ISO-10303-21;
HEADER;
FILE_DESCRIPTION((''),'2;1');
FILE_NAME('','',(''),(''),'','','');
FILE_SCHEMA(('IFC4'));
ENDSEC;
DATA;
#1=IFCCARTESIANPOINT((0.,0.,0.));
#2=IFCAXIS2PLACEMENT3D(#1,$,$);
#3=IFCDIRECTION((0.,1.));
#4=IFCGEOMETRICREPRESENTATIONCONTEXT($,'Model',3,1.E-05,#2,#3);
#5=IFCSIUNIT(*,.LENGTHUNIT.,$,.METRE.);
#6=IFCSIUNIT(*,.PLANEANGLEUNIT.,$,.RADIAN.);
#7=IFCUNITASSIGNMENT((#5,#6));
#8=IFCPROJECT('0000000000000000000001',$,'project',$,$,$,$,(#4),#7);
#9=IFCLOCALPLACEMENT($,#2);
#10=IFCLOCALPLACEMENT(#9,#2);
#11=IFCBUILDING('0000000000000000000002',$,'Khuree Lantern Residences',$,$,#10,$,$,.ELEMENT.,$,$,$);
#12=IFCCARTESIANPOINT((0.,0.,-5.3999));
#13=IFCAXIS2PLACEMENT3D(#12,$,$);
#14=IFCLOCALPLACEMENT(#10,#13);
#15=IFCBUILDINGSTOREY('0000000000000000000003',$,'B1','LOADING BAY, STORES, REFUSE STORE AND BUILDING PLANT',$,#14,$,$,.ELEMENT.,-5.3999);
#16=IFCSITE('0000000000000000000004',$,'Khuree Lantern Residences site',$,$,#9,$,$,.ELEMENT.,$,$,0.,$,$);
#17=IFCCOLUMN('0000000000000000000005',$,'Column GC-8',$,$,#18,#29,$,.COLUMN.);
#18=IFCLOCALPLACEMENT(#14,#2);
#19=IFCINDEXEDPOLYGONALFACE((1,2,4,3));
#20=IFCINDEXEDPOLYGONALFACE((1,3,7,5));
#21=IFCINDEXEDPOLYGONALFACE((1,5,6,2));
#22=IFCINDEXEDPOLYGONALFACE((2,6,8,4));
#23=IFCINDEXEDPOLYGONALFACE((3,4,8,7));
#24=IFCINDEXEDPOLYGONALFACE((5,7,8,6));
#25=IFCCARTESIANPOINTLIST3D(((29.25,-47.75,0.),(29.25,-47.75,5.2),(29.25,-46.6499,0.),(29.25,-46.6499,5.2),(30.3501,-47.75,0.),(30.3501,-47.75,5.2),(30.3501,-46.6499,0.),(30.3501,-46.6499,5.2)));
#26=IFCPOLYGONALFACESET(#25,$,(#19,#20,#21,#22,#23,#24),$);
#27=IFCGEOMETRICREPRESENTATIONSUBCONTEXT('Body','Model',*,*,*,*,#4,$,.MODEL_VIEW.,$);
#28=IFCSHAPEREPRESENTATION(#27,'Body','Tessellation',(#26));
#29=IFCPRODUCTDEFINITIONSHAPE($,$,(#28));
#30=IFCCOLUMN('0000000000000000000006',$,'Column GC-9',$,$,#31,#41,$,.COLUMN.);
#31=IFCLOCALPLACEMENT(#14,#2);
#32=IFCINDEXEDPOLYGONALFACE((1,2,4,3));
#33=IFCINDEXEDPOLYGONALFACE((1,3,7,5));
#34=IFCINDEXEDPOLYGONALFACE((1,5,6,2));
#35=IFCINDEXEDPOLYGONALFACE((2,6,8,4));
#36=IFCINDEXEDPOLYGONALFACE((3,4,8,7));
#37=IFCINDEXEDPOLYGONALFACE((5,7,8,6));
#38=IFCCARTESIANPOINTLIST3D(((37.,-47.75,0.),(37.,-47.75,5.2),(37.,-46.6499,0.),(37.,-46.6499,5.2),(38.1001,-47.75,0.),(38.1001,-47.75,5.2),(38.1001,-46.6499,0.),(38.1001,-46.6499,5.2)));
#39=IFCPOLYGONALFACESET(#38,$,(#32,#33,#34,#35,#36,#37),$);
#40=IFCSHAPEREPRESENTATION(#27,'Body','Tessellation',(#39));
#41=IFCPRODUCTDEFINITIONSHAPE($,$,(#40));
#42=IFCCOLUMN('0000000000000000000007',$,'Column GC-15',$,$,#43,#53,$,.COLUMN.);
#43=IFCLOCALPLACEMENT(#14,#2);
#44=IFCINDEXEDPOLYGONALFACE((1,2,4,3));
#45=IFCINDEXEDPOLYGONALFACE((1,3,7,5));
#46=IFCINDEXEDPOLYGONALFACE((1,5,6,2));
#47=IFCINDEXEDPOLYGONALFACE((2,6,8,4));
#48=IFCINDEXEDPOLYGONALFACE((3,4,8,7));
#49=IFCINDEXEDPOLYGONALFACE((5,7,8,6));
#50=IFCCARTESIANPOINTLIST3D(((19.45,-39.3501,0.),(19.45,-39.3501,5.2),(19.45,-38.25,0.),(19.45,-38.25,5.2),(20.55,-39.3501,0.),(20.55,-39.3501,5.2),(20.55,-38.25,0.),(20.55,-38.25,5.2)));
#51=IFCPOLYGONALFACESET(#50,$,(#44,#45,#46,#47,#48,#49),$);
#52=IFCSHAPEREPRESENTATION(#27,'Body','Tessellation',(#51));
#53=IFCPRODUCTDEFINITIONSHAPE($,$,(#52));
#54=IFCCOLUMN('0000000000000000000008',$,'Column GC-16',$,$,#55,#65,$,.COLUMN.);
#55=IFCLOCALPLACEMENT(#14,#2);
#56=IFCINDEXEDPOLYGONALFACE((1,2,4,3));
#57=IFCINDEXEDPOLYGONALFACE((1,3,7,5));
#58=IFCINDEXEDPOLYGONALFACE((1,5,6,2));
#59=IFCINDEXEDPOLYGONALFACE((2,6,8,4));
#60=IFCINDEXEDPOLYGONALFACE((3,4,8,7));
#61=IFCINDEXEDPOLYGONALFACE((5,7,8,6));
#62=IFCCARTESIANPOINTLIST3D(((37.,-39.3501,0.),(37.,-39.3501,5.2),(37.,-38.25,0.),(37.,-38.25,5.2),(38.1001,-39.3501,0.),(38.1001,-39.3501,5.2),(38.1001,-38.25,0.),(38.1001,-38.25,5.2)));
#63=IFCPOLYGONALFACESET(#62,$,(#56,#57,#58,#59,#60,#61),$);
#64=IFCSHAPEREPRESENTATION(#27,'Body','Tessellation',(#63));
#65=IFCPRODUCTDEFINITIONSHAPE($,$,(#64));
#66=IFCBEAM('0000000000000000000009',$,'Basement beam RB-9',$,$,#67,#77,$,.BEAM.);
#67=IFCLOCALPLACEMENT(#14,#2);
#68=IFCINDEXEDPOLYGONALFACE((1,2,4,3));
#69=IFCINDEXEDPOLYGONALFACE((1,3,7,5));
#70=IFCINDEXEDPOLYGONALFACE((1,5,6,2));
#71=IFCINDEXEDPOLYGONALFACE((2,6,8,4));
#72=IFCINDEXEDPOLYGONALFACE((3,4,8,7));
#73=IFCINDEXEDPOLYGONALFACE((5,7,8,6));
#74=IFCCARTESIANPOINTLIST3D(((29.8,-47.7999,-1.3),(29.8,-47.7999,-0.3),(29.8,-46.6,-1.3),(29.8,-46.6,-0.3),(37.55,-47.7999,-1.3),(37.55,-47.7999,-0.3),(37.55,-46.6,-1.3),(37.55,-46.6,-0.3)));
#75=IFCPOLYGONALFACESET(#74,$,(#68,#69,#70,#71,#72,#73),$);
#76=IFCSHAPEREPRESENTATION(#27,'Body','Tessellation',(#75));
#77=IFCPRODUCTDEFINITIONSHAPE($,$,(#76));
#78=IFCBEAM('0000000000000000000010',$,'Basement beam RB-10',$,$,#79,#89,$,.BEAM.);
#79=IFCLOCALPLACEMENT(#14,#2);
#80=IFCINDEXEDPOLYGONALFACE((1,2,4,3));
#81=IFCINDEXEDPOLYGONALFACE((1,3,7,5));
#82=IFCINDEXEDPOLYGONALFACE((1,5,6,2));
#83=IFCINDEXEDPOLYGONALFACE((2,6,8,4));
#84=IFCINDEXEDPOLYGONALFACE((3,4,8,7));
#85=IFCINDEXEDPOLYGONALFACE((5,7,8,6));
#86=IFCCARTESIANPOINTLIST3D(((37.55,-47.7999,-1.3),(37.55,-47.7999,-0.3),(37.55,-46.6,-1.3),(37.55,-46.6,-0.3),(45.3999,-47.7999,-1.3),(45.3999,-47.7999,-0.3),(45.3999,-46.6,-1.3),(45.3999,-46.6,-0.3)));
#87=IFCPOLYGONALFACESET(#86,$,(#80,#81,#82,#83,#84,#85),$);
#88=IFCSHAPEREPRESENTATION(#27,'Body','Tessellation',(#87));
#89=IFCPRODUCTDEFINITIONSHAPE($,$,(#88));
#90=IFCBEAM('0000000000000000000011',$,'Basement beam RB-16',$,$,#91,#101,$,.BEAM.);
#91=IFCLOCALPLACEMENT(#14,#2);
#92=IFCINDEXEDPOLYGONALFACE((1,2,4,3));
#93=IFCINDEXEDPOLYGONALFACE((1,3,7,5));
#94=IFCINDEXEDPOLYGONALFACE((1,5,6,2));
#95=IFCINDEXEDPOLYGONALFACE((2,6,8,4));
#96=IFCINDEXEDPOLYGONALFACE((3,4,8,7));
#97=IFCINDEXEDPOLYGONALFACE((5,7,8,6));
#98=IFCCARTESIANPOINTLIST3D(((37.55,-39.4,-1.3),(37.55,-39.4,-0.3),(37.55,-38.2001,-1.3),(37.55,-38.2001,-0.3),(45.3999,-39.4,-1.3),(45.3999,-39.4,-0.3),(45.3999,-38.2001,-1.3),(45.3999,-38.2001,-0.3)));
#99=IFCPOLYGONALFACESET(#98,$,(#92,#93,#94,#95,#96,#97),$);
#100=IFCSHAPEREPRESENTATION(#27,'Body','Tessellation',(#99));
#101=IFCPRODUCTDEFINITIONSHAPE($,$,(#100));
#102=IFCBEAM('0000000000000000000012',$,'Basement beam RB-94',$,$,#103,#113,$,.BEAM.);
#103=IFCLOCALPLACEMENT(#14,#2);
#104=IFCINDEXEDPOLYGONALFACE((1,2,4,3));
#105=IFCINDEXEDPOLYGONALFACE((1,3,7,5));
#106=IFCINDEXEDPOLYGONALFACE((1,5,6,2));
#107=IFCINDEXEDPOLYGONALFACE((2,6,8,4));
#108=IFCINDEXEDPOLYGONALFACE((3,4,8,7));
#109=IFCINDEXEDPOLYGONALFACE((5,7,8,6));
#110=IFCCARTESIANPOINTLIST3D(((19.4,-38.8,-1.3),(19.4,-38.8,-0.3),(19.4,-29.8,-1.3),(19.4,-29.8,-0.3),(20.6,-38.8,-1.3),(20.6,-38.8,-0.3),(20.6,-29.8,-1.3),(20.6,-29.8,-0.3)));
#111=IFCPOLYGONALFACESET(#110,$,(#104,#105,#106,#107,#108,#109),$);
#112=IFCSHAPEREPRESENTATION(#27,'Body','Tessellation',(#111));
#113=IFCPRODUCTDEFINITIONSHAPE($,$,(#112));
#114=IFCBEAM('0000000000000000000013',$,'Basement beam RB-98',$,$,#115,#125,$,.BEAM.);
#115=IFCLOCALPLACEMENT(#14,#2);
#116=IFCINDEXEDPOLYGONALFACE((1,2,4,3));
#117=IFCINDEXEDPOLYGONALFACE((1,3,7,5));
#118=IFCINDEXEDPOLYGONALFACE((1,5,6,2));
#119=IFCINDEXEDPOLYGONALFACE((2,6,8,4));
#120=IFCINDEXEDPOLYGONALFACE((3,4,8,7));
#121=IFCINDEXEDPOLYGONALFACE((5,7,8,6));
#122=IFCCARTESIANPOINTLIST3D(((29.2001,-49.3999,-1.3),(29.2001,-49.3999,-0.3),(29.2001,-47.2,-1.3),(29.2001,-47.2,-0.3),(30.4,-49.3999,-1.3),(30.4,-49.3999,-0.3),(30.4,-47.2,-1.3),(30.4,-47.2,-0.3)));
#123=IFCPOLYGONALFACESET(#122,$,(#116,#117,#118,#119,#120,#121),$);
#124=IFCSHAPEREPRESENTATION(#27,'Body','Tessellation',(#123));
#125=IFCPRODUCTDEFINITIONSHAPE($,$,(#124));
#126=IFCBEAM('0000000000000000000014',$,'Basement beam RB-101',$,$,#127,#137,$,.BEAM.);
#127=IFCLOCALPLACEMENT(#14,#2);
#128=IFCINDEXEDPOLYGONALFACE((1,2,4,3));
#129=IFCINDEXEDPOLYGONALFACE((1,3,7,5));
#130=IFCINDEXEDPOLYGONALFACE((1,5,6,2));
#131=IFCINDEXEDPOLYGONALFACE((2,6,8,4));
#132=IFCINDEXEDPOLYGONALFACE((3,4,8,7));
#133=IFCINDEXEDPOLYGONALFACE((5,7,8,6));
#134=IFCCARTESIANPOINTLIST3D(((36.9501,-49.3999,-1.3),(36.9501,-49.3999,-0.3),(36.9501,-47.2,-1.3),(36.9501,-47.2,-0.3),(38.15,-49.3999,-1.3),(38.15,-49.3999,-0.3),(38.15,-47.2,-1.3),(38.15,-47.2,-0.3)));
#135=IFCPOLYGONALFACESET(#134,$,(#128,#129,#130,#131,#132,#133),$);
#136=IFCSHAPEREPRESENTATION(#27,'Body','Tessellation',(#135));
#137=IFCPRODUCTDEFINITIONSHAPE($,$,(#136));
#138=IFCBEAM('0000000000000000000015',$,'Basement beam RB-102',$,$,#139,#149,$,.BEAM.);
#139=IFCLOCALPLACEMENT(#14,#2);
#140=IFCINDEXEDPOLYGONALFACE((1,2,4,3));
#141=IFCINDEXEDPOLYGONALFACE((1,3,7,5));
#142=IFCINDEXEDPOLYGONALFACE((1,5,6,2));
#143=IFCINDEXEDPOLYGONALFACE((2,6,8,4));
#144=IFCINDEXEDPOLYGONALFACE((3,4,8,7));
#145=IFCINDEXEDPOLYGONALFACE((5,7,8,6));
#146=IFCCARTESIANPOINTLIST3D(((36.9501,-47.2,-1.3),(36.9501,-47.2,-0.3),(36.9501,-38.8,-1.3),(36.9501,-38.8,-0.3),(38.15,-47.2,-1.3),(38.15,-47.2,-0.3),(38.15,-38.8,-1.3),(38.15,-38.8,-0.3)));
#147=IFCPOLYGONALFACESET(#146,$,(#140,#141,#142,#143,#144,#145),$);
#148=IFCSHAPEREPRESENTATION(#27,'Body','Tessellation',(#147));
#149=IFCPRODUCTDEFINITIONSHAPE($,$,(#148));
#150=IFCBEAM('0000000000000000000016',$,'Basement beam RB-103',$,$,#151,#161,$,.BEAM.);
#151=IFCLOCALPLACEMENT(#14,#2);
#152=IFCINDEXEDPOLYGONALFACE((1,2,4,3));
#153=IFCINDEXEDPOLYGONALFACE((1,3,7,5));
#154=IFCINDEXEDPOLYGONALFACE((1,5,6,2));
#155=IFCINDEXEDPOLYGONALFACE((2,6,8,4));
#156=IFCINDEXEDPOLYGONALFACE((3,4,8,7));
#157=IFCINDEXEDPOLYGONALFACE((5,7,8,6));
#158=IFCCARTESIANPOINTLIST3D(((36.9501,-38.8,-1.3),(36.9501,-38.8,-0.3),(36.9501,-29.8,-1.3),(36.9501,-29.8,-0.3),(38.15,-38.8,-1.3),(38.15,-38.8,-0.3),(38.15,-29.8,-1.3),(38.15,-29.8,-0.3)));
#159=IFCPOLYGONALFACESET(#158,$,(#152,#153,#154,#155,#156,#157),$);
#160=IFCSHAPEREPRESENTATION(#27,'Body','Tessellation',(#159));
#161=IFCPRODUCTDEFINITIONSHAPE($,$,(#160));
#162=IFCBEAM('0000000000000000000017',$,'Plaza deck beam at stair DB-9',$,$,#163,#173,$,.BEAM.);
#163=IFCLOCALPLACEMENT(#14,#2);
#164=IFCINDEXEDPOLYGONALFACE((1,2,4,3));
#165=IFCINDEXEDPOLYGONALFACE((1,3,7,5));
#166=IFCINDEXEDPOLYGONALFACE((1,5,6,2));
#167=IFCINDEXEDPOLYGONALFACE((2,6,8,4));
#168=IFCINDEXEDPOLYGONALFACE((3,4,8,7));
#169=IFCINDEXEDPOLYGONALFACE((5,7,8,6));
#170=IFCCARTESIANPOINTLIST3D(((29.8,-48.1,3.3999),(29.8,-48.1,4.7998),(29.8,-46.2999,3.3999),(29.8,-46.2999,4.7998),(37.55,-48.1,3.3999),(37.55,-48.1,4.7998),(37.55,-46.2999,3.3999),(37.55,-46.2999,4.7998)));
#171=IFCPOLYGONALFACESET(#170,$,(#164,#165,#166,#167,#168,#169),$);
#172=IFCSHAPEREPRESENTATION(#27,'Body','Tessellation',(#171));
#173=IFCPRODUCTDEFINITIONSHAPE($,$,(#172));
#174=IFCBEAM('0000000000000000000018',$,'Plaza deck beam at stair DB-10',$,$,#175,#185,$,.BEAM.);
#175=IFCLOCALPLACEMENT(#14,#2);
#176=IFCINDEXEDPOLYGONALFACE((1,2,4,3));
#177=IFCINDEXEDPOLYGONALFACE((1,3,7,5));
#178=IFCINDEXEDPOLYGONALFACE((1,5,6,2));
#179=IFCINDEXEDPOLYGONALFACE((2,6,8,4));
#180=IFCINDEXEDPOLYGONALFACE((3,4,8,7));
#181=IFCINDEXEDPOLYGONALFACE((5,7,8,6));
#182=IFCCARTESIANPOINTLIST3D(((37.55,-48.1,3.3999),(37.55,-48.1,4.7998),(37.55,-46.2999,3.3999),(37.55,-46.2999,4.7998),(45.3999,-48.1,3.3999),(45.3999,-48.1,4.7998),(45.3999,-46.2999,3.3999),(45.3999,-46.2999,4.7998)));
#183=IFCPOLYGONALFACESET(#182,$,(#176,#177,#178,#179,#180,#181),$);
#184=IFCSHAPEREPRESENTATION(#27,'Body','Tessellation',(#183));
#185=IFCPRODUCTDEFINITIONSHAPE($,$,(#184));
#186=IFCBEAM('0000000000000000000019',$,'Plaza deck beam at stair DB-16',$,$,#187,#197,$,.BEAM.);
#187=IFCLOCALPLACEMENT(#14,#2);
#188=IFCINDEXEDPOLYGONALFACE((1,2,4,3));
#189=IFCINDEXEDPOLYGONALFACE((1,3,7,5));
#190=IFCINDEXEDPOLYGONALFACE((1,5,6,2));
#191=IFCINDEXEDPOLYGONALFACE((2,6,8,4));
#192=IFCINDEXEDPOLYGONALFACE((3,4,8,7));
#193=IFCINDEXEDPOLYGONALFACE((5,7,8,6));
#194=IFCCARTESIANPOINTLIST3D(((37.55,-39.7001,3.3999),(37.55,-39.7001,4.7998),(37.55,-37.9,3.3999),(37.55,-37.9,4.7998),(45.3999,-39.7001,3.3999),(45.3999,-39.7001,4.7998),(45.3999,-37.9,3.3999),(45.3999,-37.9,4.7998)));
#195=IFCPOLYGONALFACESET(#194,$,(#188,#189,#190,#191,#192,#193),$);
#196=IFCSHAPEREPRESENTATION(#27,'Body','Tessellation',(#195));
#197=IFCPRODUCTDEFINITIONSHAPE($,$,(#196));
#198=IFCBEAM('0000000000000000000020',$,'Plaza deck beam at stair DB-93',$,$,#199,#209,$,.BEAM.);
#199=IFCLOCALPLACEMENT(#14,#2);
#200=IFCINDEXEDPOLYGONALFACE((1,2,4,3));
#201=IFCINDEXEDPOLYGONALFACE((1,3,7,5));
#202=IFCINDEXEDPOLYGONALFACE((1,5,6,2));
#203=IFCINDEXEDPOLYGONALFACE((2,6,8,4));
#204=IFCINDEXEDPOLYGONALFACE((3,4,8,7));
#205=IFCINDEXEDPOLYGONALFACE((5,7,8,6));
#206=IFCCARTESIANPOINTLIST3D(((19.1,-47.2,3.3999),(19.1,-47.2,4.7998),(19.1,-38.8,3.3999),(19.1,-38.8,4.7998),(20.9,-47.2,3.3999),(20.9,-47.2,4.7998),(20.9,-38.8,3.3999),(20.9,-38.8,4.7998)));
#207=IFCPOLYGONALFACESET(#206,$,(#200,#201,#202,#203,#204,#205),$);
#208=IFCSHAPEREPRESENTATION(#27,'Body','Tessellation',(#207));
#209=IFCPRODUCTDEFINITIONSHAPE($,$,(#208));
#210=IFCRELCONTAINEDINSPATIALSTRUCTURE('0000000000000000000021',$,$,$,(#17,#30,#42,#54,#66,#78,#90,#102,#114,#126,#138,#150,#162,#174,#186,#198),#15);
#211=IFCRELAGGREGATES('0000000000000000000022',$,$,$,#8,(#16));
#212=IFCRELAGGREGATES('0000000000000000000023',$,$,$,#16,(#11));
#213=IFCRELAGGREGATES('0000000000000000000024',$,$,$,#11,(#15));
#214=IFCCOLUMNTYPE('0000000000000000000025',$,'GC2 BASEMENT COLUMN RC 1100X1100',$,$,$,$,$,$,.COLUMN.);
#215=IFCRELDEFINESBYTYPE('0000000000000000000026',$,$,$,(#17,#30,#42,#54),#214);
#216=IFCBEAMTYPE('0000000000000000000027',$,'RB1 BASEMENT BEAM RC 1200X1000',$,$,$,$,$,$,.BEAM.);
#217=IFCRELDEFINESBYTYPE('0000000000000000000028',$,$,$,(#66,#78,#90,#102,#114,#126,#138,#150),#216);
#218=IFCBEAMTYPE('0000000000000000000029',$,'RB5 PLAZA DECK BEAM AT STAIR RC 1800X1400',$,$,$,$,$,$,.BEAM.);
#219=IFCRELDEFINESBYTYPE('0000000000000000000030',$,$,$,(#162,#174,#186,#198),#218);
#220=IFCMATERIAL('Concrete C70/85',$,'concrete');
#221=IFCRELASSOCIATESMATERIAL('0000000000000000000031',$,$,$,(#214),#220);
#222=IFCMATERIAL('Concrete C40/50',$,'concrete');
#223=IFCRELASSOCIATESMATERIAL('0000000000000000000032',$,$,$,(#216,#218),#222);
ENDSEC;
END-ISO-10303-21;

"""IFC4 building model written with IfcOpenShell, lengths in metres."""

from ifc_helpers import new_model, si_unit, direction, frame, origin, origin_2d, place, context, subcontext, project, spatial, rectangle, extrude, material, material_profile, profile_set, type_object, element, save


model = new_model("IFC4")

# Units and contexts
model_context = context("Model", 3, precision=1e-05, world=origin(), true_north=direction((0.0, 1.0)))
body_context = subcontext(model_context, "Body", "Model", "MODEL_VIEW")
ifc_project = project(units=[si_unit("LENGTHUNIT", "METRE"), si_unit("PLANEANGLEUNIT", "RADIAN")], contexts=[model_context])

# Site, building, storey
site_placement = place(None, origin())
site = spatial("IfcSite", under=ifc_project, at=site_placement, Name="Khuree Lantern Residences site", CompositionType="ELEMENT", RefElevation=0.0)
building_placement = place(site_placement, origin())
building = spatial("IfcBuilding", under=site, at=building_placement, Name="Khuree Lantern Residences", CompositionType="ELEMENT")
storey_placement = place(building_placement, frame((0.0, 0.0, -5.3999)))
storey = spatial("IfcBuildingStorey", under=building, at=storey_placement, Name="B1", Description="LOADING BAY, STORES, REFUSE STORE AND BUILDING PLANT", CompositionType="ELEMENT", Elevation=-5.3999)

# Columns
ifc_material_1 = material(Name="Concrete C70/85", Category="concrete")
ifc_material_profile_1 = material_profile(ifc_material_1, rectangle(XDim=1.1001, YDim=1.1001, at=origin_2d()), Name="RC 1100X1100")
ifc_profile_set_1 = profile_set([ifc_material_profile_1], Name="Concrete C70/85")
column_type = type_object("IfcColumnType", Name="GC2 BASEMENT COLUMN RC 1100X1100", PredefinedType="COLUMN", material=ifc_profile_set_1)
for number, where, z_axis, x_axis, name in (
    (1, (29.8, -47.2, 0.0), (0.0, 0.0, 1.0), (1.0, 0.0, 0.0), "Column GC-8"),
    (2, (37.55, -47.2, 0.0), (0.0, 0.0, 1.0), (1.0, 0.0, 0.0), "Column GC-9"),
    (3, (20.0, -38.8, 0.0), (0.0, 0.0, 1.0), (1.0, 0.0, 0.0), "Column GC-15"),
    (4, (37.55, -38.8, 0.0), (0.0, 0.0, 1.0), (1.0, 0.0, 0.0), "Column GC-16"),
):
    element("IfcColumn", number, at=place(storey_placement, frame(where, z_axis=z_axis, x_axis=x_axis)), inside=storey, type_object=column_type, Name=name, PredefinedType="COLUMN", context=body_context, shape_type="SweptSolid", body=[
        extrude(rectangle(XDim=1.1001, YDim=1.1001, at=origin_2d()), origin(), (0.0, 0.0, 1.0), 5.2),
    ])

# Beams
ifc_material_2 = material(Name="Concrete C40/50", Category="concrete")
ifc_material_profile_2 = material_profile(ifc_material_2, rectangle(XDim=1.2, YDim=1.0, at=origin_2d()), Name="RC 1200X1000")
ifc_profile_set_2 = profile_set([ifc_material_profile_2], Name="Concrete C40/50")
beam_type_1 = type_object("IfcBeamType", Name="RB1 BASEMENT BEAM RC 1200X1000", PredefinedType="BEAM", material=ifc_profile_set_2)
beam_1_placement = place(storey_placement, frame((29.8, -47.2, -0.8), z_axis=(1.0, 0.0, 0.0), x_axis=(0.0, 1.0, 0.0)))
element("IfcBeam", 5, at=beam_1_placement, inside=storey, type_object=beam_type_1, Name="Basement beam RB-9", PredefinedType="BEAM", context=body_context, shape_type="SweptSolid", body=[
    extrude(rectangle(XDim=1.2, YDim=1.0, at=origin_2d()), origin(), (0.0, 0.0, 1.0), 7.75),
])
for number, where, z_axis, x_axis, name in (
    (6, (37.55, -47.2, -0.8), (1.0, 0.0, 0.0), (0.0, 1.0, 0.0), "Basement beam RB-10"),
    (7, (37.55, -38.8, -0.8), (1.0, 0.0, 0.0), (0.0, 1.0, 0.0), "Basement beam RB-16"),
):
    element("IfcBeam", number, at=place(storey_placement, frame(where, z_axis=z_axis, x_axis=x_axis)), inside=storey, type_object=beam_type_1, Name=name, PredefinedType="BEAM", context=body_context, shape_type="SweptSolid", body=[
        extrude(rectangle(XDim=1.2, YDim=1.0, at=origin_2d()), origin(), (0.0, 0.0, 1.0), 7.8499),
    ])
beam_2_placement = place(storey_placement, frame((20.0, -38.8, -0.8), z_axis=(0.0, 1.0, 0.0), x_axis=(-1.0, 0.0, 0.0)))
element("IfcBeam", 8, at=beam_2_placement, inside=storey, type_object=beam_type_1, Name="Basement beam RB-94", PredefinedType="BEAM", context=body_context, shape_type="SweptSolid", body=[
    extrude(rectangle(XDim=1.2, YDim=1.0, at=origin_2d()), origin(), (0.0, 0.0, 1.0), 9.0),
])
for number, where, z_axis, x_axis, name in (
    (9, (29.8, -49.3999, -0.8), (0.0, 1.0, 0.0), (-1.0, 0.0, 0.0), "Basement beam RB-98"),
    (10, (37.55, -49.3999, -0.8), (0.0, 1.0, 0.0), (-1.0, 0.0, 0.0), "Basement beam RB-101"),
):
    element("IfcBeam", number, at=place(storey_placement, frame(where, z_axis=z_axis, x_axis=x_axis)), inside=storey, type_object=beam_type_1, Name=name, PredefinedType="BEAM", context=body_context, shape_type="SweptSolid", body=[
        extrude(rectangle(XDim=1.2, YDim=1.0, at=origin_2d()), origin(), (0.0, 0.0, 1.0), 2.2),
    ])
beam_3_placement = place(storey_placement, frame((37.55, -47.2, -0.8), z_axis=(0.0, 1.0, 0.0), x_axis=(-1.0, 0.0, 0.0)))
element("IfcBeam", 11, at=beam_3_placement, inside=storey, type_object=beam_type_1, Name="Basement beam RB-102", PredefinedType="BEAM", context=body_context, shape_type="SweptSolid", body=[
    extrude(rectangle(XDim=1.2, YDim=1.0, at=origin_2d()), origin(), (0.0, 0.0, 1.0), 8.3999),
])
beam_4_placement = place(storey_placement, frame((37.55, -38.8, -0.8), z_axis=(0.0, 1.0, 0.0), x_axis=(-1.0, 0.0, 0.0)))
element("IfcBeam", 12, at=beam_4_placement, inside=storey, type_object=beam_type_1, Name="Basement beam RB-103", PredefinedType="BEAM", context=body_context, shape_type="SweptSolid", body=[
    extrude(rectangle(XDim=1.2, YDim=1.0, at=origin_2d()), origin(), (0.0, 0.0, 1.0), 9.0),
])
ifc_material_profile_3 = material_profile(ifc_material_2, rectangle(XDim=1.8, YDim=1.3999, at=origin_2d()), Name="RC 1800X1400")
ifc_profile_set_3 = profile_set([ifc_material_profile_3], Name="Concrete C40/50")
beam_type_2 = type_object("IfcBeamType", Name="RB5 PLAZA DECK BEAM AT STAIR RC 1800X1400", PredefinedType="BEAM", material=ifc_profile_set_3)
beam_5_placement = place(storey_placement, frame((29.8, -47.2, 4.0999), z_axis=(1.0, 0.0, 0.0), x_axis=(0.0, 1.0, 0.0)))
element("IfcBeam", 13, at=beam_5_placement, inside=storey, type_object=beam_type_2, Name="Plaza deck beam at stair DB-9", PredefinedType="BEAM", context=body_context, shape_type="SweptSolid", body=[
    extrude(rectangle(XDim=1.8, YDim=1.3999, at=origin_2d()), origin(), (0.0, 0.0, 1.0), 7.75),
])
for number, where, z_axis, x_axis, name in (
    (14, (37.55, -47.2, 4.0999), (1.0, 0.0, 0.0), (0.0, 1.0, 0.0), "Plaza deck beam at stair DB-10"),
    (15, (37.55, -38.8, 4.0999), (1.0, 0.0, 0.0), (0.0, 1.0, 0.0), "Plaza deck beam at stair DB-16"),
):
    element("IfcBeam", number, at=place(storey_placement, frame(where, z_axis=z_axis, x_axis=x_axis)), inside=storey, type_object=beam_type_2, Name=name, PredefinedType="BEAM", context=body_context, shape_type="SweptSolid", body=[
        extrude(rectangle(XDim=1.8, YDim=1.3999, at=origin_2d()), origin(), (0.0, 0.0, 1.0), 7.8499),
    ])
beam_6_placement = place(storey_placement, frame((20.0, -47.2, 4.0999), z_axis=(0.0, 1.0, 0.0), x_axis=(-1.0, 0.0, 0.0)))
element("IfcBeam", 16, at=beam_6_placement, inside=storey, type_object=beam_type_2, Name="Plaza deck beam at stair DB-93", PredefinedType="BEAM", context=body_context, shape_type="SweptSolid", body=[
    extrude(rectangle(XDim=1.8, YDim=1.3999, at=origin_2d()), origin(), (0.0, 0.0, 1.0), 8.3999),
])

save(model, "model.ifc")
